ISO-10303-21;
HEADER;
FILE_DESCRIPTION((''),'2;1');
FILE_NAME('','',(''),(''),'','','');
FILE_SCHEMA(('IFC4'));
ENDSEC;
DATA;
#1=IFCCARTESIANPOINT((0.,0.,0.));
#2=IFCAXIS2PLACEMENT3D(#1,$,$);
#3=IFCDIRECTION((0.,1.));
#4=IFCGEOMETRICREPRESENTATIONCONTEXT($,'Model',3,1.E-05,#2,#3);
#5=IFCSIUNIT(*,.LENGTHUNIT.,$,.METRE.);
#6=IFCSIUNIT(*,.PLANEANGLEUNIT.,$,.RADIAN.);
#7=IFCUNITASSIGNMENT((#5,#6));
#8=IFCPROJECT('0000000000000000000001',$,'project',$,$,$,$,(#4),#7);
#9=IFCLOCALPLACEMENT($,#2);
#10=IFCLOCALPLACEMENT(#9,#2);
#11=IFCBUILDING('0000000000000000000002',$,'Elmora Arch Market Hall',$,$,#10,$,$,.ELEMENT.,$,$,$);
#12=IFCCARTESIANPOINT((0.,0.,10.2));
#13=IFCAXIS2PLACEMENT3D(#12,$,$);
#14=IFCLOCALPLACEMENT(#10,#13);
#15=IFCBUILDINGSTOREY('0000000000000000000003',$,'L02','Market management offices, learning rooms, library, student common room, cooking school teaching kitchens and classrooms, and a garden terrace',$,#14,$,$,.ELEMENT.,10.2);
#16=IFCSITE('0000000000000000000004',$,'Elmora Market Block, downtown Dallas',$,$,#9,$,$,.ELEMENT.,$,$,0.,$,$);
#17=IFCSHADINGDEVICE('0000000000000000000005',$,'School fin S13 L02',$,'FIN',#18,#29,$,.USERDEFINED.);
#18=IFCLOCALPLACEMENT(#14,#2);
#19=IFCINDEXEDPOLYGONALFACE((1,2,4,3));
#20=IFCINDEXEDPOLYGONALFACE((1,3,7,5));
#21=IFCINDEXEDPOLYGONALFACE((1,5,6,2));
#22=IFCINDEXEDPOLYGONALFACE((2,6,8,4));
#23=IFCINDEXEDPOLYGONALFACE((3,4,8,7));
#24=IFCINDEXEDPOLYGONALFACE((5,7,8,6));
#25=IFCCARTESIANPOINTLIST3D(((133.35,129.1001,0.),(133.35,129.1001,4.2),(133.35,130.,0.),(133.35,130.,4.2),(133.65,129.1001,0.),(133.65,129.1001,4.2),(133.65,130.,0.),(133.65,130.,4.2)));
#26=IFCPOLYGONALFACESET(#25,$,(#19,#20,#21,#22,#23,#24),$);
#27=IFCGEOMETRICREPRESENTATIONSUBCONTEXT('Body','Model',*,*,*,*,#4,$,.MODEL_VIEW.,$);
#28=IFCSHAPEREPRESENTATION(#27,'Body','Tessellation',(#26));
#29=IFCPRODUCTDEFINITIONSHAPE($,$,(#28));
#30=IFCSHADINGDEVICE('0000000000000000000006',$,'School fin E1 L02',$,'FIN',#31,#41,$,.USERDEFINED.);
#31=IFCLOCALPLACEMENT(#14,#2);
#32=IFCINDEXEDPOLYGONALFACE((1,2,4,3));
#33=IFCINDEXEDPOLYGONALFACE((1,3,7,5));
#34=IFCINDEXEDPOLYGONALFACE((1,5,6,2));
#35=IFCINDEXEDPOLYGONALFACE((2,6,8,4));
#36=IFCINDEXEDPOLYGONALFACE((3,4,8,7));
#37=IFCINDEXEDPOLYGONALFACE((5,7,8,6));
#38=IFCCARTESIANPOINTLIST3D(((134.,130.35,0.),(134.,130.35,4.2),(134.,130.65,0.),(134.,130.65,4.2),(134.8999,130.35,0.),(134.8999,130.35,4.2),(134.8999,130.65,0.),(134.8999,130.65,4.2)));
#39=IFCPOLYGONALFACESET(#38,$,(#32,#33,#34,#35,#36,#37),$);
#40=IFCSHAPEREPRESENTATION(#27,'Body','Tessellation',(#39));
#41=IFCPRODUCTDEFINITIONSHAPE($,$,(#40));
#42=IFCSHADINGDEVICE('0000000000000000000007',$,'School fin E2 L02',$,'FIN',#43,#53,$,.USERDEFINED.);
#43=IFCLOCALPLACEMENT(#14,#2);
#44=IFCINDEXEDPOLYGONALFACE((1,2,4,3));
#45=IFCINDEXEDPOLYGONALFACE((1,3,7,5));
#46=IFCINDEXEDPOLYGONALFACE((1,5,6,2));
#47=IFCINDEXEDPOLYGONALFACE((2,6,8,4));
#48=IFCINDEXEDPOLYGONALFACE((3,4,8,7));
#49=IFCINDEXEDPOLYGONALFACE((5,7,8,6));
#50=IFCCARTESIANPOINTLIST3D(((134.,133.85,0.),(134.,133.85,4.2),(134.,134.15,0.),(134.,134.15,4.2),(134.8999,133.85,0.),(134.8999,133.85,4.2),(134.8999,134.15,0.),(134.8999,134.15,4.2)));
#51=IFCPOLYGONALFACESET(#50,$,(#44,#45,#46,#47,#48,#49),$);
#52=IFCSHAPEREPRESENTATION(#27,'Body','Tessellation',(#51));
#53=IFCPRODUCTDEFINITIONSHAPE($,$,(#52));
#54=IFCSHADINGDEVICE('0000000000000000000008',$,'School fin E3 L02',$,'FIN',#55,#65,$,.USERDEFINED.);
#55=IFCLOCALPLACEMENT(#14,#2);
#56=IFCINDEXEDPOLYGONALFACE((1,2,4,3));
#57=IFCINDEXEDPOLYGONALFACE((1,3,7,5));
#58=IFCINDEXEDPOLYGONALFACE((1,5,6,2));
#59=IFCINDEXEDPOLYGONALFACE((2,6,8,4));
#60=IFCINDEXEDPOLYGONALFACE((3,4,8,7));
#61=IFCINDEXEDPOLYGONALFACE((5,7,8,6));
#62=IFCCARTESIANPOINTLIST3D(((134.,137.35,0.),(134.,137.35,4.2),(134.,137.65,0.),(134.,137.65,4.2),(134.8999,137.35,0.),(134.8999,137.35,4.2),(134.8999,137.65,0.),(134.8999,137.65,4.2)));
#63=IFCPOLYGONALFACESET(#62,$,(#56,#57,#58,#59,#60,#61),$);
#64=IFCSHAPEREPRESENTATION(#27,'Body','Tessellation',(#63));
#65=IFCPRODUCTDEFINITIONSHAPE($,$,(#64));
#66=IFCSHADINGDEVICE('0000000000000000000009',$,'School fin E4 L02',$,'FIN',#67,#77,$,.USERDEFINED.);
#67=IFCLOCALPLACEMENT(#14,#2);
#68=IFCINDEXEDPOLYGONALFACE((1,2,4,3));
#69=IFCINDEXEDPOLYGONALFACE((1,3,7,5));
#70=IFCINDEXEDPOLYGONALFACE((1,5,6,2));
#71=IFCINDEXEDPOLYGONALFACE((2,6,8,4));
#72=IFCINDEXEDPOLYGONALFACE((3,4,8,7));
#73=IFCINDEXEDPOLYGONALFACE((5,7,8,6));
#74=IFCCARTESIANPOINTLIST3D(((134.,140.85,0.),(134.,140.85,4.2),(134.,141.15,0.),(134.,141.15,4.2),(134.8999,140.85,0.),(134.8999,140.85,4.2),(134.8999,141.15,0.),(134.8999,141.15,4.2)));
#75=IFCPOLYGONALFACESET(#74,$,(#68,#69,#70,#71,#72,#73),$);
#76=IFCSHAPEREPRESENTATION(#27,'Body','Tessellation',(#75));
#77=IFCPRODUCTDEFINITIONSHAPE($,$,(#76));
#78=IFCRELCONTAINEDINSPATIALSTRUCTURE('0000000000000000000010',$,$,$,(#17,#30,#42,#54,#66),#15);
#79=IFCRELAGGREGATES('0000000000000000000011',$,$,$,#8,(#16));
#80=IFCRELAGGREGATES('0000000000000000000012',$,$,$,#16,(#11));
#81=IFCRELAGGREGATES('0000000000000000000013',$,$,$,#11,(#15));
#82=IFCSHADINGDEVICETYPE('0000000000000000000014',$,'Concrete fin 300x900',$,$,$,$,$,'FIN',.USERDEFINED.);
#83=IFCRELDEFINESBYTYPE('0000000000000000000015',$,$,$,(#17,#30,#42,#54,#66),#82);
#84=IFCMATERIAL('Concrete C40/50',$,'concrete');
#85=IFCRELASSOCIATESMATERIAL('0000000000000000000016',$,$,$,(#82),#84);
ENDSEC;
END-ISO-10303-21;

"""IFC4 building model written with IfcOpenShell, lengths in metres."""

from ifc_helpers import new_model, si_unit, direction, frame, origin, origin_2d, place, context, subcontext, project, spatial, rectangle, extrude, material, type_object, element, save


model = new_model("IFC4")

# Units and contexts
model_context = context("Model", 3, precision=1e-05, world=origin(), true_north=direction((0.0, 1.0)))
body_context = subcontext(model_context, "Body", "Model", "MODEL_VIEW")
ifc_project = project(units=[si_unit("LENGTHUNIT", "METRE"), si_unit("PLANEANGLEUNIT", "RADIAN")], contexts=[model_context])

# Site, building, storey
site_placement = place(None, origin())
site = spatial("IfcSite", under=ifc_project, at=site_placement, Name="Elmora Market Block, downtown Dallas", CompositionType="ELEMENT", RefElevation=0.0)
building_placement = place(site_placement, origin())
building = spatial("IfcBuilding", under=site, at=building_placement, Name="Elmora Arch Market Hall", CompositionType="ELEMENT")
storey_placement = place(building_placement, frame((0.0, 0.0, 10.2)))
storey = spatial("IfcBuildingStorey", under=building, at=storey_placement, Name="L02", Description="Market management offices, learning rooms, library, student common room, cooking school teaching kitchens and classrooms, and a garden terrace", CompositionType="ELEMENT", Elevation=10.2)

# Shading devices
ifc_material_1 = material(Name="Concrete C40/50", Category="concrete")
shading_device_type_1 = type_object("IfcShadingDeviceType", Name="Concrete fin 300x900", ElementType="FIN", PredefinedType="USERDEFINED", material=ifc_material_1)
for number, where, z_axis, x_axis, name in (
    (1, (133.5, 129.55, 0.0), (0.0, 0.0, 1.0), (1.0, 0.0, 0.0), "School fin S13 L02"),
):
    element("IfcShadingDevice", number, at=place(storey_placement, frame(where, z_axis=z_axis, x_axis=x_axis)), inside=storey, type_object=shading_device_type_1, Name=name, ObjectType="FIN", PredefinedType="USERDEFINED", context=body_context, shape_type="SweptSolid", body=[
        extrude(rectangle(XDim=0.3, YDim=0.8999, at=origin_2d()), origin(), (0.0, 0.0, 1.0), 4.2),
    ])
for number, where, z_axis, x_axis, name in (
    (2, (134.45, 130.5, 0.0), (0.0, 0.0, 1.0), (1.0, 0.0, 0.0), "School fin E1 L02"),
    (3, (134.45, 134.0, 0.0), (0.0, 0.0, 1.0), (1.0, 0.0, 0.0), "School fin E2 L02"),
    (4, (134.45, 137.5, 0.0), (0.0, 0.0, 1.0), (1.0, 0.0, 0.0), "School fin E3 L02"),
    (5, (134.45, 141.0, 0.0), (0.0, 0.0, 1.0), (1.0, 0.0, 0.0), "School fin E4 L02"),
):
    element("IfcShadingDevice", number, at=place(storey_placement, frame(where, z_axis=z_axis, x_axis=x_axis)), inside=storey, type_object=shading_device_type_1, Name=name, ObjectType="FIN", PredefinedType="USERDEFINED", context=body_context, shape_type="SweptSolid", body=[
        extrude(rectangle(XDim=0.8999, YDim=0.3, at=origin_2d()), origin(), (0.0, 0.0, 1.0), 4.2),
    ])

save(model, "model.ifc")
